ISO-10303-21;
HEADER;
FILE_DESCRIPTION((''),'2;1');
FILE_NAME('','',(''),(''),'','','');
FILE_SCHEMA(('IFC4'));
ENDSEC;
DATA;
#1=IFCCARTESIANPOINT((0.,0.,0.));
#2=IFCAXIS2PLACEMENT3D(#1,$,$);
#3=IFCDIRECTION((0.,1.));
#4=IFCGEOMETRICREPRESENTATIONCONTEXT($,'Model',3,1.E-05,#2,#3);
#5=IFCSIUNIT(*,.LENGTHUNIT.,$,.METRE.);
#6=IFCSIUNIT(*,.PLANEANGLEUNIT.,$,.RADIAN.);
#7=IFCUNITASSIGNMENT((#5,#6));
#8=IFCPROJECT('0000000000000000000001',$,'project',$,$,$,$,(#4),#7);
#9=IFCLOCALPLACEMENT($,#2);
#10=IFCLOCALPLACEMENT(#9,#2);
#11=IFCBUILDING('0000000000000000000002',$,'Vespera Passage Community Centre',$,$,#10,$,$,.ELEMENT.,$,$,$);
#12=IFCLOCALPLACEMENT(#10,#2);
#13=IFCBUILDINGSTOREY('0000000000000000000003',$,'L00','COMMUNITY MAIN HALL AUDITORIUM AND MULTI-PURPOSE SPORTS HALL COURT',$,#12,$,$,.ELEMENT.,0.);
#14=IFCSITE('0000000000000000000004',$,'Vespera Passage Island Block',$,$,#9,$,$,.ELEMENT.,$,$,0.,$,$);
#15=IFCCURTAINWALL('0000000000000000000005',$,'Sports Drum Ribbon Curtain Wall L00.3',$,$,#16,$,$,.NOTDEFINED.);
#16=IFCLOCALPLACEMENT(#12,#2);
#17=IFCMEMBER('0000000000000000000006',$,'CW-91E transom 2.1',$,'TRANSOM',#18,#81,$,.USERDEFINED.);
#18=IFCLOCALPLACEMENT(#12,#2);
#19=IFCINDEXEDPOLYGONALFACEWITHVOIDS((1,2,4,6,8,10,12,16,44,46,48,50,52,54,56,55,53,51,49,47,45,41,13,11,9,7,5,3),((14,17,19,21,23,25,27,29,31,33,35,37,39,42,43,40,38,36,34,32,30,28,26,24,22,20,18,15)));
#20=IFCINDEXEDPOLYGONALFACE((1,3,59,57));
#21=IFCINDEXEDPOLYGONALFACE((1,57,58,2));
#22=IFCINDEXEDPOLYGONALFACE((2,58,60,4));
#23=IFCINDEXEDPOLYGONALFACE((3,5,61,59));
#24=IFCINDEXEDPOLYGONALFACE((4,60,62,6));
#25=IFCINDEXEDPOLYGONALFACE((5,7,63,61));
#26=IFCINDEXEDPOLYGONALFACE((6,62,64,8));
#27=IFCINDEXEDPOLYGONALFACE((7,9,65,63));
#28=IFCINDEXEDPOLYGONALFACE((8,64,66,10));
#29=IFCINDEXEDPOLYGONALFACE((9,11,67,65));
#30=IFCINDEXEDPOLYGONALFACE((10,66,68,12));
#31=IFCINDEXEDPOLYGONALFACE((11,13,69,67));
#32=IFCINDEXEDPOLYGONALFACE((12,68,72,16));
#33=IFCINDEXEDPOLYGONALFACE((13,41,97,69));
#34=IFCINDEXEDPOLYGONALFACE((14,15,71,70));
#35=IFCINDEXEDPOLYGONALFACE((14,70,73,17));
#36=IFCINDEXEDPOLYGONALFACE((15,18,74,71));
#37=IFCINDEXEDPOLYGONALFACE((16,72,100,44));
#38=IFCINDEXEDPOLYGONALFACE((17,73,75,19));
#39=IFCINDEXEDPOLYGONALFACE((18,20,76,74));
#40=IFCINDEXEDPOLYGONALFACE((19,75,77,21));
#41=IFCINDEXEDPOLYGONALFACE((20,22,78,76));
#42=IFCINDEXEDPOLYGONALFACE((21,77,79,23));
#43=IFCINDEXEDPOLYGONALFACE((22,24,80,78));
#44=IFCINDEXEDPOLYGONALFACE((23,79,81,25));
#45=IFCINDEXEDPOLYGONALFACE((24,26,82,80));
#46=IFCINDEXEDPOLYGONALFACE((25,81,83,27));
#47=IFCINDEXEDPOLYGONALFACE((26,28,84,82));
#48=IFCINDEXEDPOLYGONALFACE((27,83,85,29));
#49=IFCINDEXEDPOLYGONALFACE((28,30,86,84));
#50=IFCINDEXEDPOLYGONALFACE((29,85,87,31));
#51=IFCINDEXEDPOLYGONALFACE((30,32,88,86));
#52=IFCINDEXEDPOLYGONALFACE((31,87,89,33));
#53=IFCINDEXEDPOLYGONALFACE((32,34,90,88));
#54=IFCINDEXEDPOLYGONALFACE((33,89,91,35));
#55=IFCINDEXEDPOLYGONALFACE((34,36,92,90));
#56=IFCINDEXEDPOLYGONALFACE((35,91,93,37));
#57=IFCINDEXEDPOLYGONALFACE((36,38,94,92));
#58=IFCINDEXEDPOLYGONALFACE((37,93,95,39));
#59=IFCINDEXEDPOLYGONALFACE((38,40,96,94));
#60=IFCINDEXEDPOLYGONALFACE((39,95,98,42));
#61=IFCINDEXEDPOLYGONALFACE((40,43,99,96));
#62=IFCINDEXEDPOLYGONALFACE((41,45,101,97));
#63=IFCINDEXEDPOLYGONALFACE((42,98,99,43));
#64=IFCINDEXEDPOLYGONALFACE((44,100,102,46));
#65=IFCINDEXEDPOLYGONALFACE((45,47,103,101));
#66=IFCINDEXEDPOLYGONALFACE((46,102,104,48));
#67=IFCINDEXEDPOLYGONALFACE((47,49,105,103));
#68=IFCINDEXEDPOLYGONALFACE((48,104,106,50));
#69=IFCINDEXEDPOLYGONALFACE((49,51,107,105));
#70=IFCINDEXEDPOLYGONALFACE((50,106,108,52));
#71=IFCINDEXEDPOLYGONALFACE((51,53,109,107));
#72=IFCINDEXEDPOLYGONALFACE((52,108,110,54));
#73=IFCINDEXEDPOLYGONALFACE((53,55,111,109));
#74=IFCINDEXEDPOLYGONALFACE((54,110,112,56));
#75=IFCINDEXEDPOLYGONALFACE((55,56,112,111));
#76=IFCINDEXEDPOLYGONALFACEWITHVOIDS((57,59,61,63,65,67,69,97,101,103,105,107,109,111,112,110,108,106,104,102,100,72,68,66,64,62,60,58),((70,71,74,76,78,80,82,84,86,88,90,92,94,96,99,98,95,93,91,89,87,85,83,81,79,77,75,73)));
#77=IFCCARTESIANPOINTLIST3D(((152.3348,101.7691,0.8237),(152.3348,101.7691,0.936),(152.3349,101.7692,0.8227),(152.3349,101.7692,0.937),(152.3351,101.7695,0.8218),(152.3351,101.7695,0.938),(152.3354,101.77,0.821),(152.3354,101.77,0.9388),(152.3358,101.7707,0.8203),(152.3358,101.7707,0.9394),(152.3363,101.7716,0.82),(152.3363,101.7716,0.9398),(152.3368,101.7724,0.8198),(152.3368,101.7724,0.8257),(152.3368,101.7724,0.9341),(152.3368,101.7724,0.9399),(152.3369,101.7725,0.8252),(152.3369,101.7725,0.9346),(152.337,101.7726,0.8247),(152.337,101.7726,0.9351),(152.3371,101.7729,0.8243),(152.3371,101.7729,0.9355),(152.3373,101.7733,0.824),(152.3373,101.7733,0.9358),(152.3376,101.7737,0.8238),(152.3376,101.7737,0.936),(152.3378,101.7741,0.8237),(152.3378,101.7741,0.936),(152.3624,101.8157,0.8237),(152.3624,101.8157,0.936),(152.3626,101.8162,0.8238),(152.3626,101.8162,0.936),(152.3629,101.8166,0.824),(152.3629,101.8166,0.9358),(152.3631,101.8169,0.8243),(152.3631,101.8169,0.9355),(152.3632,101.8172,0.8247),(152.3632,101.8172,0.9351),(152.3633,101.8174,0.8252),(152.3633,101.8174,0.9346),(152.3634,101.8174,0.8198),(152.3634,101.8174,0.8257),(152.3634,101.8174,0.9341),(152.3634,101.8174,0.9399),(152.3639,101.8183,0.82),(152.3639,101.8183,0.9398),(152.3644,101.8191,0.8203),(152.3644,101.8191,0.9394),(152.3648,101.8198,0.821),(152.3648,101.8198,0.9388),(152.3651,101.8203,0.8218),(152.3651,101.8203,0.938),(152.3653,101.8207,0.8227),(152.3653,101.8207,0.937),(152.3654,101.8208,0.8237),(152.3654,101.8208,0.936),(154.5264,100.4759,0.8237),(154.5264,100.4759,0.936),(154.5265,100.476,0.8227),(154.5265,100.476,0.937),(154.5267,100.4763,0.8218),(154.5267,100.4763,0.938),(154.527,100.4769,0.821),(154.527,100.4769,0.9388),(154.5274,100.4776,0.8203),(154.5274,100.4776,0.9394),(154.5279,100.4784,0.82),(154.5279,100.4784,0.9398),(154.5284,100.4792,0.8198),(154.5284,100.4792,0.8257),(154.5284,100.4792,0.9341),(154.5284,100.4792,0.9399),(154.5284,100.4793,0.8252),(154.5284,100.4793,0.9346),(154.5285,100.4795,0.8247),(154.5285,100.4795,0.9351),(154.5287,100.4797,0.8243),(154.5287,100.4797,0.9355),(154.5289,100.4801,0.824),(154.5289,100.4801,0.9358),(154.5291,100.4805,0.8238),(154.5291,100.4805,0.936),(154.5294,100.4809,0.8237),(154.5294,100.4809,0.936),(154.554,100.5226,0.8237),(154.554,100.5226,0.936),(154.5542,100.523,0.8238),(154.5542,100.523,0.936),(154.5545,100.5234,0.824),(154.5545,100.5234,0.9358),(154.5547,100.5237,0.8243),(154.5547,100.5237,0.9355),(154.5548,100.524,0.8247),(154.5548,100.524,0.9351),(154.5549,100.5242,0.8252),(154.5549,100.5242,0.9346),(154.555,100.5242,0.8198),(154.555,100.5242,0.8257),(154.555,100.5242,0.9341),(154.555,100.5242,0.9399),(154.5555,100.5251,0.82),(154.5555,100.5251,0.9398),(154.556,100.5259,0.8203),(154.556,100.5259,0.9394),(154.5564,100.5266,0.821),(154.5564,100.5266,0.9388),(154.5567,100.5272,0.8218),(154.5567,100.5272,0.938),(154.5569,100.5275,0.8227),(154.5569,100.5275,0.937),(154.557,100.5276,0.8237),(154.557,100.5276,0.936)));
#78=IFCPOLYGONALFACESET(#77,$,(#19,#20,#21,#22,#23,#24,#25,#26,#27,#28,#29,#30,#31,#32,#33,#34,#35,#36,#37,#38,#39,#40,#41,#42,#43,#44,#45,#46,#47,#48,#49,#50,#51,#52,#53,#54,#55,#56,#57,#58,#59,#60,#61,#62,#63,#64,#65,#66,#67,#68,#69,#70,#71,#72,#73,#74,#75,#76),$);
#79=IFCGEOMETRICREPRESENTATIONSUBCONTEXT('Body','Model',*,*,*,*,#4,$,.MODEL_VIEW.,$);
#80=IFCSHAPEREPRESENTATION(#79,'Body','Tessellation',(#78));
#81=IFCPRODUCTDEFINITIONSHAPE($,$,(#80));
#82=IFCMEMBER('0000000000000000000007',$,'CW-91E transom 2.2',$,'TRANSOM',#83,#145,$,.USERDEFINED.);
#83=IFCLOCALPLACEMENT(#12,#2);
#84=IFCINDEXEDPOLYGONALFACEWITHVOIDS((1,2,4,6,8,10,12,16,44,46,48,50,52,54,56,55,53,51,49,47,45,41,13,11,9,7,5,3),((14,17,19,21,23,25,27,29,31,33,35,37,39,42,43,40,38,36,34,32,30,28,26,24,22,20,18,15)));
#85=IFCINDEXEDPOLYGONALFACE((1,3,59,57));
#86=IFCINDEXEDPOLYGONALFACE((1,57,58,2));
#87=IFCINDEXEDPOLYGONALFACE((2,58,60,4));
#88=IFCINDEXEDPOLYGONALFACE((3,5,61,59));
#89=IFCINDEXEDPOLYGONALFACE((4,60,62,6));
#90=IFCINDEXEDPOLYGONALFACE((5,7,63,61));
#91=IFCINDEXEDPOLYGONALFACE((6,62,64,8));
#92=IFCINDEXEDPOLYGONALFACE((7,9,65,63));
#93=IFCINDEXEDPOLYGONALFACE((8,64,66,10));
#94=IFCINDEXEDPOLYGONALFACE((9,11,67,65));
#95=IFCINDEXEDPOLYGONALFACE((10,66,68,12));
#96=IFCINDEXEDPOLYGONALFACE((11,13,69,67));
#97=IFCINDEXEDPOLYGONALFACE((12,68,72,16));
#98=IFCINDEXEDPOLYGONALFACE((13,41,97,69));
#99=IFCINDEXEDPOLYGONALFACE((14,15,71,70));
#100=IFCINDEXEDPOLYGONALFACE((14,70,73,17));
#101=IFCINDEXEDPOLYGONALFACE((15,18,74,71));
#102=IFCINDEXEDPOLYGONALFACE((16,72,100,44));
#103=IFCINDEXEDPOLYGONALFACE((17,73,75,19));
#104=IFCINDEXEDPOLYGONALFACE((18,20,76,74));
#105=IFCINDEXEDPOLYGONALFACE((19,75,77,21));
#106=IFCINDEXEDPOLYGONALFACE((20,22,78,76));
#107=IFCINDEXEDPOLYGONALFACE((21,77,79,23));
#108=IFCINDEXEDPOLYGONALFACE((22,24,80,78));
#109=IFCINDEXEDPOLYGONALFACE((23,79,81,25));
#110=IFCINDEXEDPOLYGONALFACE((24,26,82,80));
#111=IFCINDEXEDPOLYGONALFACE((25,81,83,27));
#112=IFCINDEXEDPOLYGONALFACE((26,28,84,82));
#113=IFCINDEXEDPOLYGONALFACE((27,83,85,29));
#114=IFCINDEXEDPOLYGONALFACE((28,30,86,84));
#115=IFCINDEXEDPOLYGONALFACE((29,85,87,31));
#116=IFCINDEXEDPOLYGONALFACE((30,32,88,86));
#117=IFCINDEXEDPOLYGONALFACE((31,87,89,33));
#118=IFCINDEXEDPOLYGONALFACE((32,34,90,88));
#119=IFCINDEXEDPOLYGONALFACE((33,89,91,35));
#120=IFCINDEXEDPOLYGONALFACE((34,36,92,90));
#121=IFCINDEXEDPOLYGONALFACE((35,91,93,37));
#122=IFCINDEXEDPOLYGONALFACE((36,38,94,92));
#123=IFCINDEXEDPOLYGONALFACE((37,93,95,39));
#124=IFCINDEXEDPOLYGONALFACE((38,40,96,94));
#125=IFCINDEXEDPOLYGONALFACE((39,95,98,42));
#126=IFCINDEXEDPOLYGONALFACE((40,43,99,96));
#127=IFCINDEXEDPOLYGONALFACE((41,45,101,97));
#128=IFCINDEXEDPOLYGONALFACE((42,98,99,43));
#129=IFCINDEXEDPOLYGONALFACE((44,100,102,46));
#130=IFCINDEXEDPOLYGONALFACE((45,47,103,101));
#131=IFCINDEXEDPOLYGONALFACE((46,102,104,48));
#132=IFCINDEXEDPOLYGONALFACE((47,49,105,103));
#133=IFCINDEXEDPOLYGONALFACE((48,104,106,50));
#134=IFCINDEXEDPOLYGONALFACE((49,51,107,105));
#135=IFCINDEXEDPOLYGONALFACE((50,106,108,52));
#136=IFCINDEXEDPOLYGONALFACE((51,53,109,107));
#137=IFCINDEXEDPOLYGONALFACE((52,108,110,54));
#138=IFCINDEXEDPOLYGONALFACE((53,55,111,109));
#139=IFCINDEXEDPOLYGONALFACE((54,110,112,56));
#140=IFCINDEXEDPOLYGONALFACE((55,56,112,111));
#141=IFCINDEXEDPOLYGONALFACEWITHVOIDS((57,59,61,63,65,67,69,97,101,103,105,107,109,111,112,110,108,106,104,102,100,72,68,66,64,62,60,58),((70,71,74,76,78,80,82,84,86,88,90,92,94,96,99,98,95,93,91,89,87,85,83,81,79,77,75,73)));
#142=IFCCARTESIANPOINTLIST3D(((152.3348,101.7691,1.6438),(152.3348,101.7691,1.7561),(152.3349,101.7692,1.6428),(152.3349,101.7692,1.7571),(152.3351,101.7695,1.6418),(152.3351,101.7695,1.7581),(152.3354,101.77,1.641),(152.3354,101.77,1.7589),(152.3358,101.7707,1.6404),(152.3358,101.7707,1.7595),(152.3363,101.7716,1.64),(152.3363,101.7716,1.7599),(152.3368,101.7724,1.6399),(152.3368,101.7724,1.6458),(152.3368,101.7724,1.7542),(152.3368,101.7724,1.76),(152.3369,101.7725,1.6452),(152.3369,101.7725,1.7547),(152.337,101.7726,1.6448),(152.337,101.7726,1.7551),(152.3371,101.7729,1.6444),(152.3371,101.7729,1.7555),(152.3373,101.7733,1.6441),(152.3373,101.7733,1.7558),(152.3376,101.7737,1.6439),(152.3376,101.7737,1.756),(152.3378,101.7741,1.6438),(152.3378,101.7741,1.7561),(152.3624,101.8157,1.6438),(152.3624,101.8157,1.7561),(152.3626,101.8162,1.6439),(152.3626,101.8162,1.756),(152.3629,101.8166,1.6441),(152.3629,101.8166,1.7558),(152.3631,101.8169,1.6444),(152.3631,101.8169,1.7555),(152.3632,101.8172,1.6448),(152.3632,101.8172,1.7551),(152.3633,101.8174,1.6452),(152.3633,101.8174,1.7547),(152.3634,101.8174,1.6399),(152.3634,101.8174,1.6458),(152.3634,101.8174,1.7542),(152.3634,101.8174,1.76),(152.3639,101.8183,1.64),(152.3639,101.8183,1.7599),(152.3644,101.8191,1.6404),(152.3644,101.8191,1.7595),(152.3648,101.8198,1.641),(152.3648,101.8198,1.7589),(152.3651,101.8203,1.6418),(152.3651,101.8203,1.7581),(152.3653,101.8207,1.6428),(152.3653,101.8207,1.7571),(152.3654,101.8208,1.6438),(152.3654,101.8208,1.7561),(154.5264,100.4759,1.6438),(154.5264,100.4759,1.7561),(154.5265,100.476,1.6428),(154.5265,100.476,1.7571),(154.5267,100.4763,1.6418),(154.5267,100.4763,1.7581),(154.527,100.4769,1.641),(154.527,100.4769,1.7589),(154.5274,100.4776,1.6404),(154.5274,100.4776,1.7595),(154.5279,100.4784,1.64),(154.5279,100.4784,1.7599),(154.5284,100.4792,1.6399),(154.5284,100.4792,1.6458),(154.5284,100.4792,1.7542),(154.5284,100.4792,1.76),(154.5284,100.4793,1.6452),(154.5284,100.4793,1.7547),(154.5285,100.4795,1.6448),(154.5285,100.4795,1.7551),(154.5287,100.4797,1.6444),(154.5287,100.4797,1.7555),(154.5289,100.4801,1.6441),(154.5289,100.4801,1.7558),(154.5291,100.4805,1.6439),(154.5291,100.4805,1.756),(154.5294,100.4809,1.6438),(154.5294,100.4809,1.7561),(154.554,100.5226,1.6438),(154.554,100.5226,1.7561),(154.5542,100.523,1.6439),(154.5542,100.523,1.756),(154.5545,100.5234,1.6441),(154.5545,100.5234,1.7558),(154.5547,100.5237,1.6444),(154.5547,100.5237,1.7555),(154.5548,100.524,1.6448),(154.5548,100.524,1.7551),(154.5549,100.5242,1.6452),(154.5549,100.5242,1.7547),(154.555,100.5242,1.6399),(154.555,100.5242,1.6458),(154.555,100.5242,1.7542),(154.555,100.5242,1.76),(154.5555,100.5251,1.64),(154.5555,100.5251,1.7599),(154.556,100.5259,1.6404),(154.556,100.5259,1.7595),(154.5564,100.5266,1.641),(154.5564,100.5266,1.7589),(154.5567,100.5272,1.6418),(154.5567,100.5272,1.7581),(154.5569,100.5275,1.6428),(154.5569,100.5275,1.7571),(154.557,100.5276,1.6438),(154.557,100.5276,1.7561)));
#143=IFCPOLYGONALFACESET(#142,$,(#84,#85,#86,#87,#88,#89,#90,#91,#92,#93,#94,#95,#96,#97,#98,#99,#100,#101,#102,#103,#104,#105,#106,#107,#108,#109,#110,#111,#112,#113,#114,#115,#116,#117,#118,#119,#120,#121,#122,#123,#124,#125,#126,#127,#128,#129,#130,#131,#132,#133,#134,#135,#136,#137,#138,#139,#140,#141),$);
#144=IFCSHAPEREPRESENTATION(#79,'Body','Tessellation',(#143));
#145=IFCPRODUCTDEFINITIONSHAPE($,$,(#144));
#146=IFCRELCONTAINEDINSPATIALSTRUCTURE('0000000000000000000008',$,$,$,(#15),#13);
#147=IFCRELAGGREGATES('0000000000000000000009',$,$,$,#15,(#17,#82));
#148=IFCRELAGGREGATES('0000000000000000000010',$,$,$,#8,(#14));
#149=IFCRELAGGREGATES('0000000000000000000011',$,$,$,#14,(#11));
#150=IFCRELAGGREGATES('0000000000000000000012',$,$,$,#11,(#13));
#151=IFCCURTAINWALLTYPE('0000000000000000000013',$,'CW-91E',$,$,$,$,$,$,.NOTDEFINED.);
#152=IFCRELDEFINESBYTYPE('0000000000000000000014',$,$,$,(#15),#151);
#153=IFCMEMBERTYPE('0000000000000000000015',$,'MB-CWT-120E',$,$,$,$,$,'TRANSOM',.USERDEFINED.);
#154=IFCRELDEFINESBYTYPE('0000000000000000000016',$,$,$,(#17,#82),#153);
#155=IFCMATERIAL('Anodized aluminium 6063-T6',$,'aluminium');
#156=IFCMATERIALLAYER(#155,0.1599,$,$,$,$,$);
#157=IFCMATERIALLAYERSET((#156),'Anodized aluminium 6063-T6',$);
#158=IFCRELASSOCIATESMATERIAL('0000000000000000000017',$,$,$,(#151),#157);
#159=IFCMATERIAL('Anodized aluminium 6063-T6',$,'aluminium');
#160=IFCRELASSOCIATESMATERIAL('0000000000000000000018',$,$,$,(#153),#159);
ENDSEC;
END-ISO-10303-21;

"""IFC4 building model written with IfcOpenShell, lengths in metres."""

from ifc_helpers import new_model, si_unit, direction, frame, origin, origin_2d, place, context, subcontext, project, spatial, hollow_rectangle, extrude, material, layer, layer_set, material_profile, profile_set, type_object, element, aggregate, save


model = new_model("IFC4")

# Units and contexts
model_context = context("Model", 3, precision=1e-05, world=origin(), true_north=direction((0.0, 1.0)))
body_context = subcontext(model_context, "Body", "Model", "MODEL_VIEW")
ifc_project = project(units=[si_unit("LENGTHUNIT", "METRE"), si_unit("PLANEANGLEUNIT", "RADIAN")], contexts=[model_context])

# Site, building, storey
site_placement = place(None, origin())
site = spatial("IfcSite", under=ifc_project, at=site_placement, Name="Vespera Passage Island Block", CompositionType="ELEMENT", RefElevation=0.0)
building_placement = place(site_placement, origin())
building = spatial("IfcBuilding", under=site, at=building_placement, Name="Vespera Passage Community Centre", CompositionType="ELEMENT")
storey_placement = place(building_placement, origin())
storey = spatial("IfcBuildingStorey", under=building, at=storey_placement, Name="L00", Description="COMMUNITY MAIN HALL AUDITORIUM AND MULTI-PURPOSE SPORTS HALL COURT", CompositionType="ELEMENT", Elevation=0.0)

# Curtain wall, members
ifc_material_1 = material(Name="Anodized aluminium 6063-T6", Category="aluminium")
ifc_layer_1 = layer(ifc_material_1, 0.1599)
ifc_layer_set_1 = layer_set([ifc_layer_1], Name="Anodized aluminium 6063-T6")
curtain_wall_type = type_object("IfcCurtainWallType", Name="CW-91E", PredefinedType="NOTDEFINED", material=ifc_layer_set_1)
curtain_wall_placement = place(storey_placement, origin())
curtain_wall = element("IfcCurtainWall", 1, at=curtain_wall_placement, inside=storey, type_object=curtain_wall_type, Name="Sports Drum Ribbon Curtain Wall L00.3", PredefinedType="NOTDEFINED")
ifc_material_2 = material(Name="Anodized aluminium 6063-T6", Category="aluminium")
ifc_material_profile_1 = material_profile(ifc_material_2, hollow_rectangle(XDim=0.0601, YDim=0.1201, WallThickness=0.0039, InnerFilletRadius=0.002, OuterFilletRadius=0.0039, at=origin_2d()), Name="ALU120X60X4")
ifc_profile_set_1 = profile_set([ifc_material_profile_1], Name="Anodized aluminium 6063-T6")
member_type_1 = type_object("IfcMemberType", Name="MB-CWT-120E", ElementType="TRANSOM", PredefinedType="USERDEFINED", material=ifc_profile_set_1)
member_1_placement = place(storey_placement, frame((152.3501, 101.7949, 0.8799), z_axis=(0.861245, -0.508189, 0.0), x_axis=(0.508189, 0.861245, 0.0)))
member_1 = element("IfcMember", 2, at=member_1_placement, type_object=member_type_1, Name="CW-91E transom 2.1", ObjectType="TRANSOM", PredefinedType="USERDEFINED", context=body_context, shape_type="SweptSolid", body=[
    extrude(hollow_rectangle(XDim=0.0601, YDim=0.1201, WallThickness=0.0039, InnerFilletRadius=0.002, OuterFilletRadius=0.0039, at=origin_2d()), origin(), (0.0, 0.0, 1.0), 2.5447),
])
member_2_placement = place(storey_placement, frame((152.3501, 101.7949, 1.7), z_axis=(0.861245, -0.508189, 0.0), x_axis=(0.508189, 0.861245, 0.0)))
member_2 = element("IfcMember", 3, at=member_2_placement, type_object=member_type_1, Name="CW-91E transom 2.2", ObjectType="TRANSOM", PredefinedType="USERDEFINED", context=body_context, shape_type="SweptSolid", body=[
    extrude(hollow_rectangle(XDim=0.0601, YDim=0.1201, WallThickness=0.0039, InnerFilletRadius=0.002, OuterFilletRadius=0.0039, at=origin_2d()), origin(), (0.0, 0.0, 1.0), 2.5447),
])
aggregate(curtain_wall, [member_1, member_2])

save(model, "model.ifc")
